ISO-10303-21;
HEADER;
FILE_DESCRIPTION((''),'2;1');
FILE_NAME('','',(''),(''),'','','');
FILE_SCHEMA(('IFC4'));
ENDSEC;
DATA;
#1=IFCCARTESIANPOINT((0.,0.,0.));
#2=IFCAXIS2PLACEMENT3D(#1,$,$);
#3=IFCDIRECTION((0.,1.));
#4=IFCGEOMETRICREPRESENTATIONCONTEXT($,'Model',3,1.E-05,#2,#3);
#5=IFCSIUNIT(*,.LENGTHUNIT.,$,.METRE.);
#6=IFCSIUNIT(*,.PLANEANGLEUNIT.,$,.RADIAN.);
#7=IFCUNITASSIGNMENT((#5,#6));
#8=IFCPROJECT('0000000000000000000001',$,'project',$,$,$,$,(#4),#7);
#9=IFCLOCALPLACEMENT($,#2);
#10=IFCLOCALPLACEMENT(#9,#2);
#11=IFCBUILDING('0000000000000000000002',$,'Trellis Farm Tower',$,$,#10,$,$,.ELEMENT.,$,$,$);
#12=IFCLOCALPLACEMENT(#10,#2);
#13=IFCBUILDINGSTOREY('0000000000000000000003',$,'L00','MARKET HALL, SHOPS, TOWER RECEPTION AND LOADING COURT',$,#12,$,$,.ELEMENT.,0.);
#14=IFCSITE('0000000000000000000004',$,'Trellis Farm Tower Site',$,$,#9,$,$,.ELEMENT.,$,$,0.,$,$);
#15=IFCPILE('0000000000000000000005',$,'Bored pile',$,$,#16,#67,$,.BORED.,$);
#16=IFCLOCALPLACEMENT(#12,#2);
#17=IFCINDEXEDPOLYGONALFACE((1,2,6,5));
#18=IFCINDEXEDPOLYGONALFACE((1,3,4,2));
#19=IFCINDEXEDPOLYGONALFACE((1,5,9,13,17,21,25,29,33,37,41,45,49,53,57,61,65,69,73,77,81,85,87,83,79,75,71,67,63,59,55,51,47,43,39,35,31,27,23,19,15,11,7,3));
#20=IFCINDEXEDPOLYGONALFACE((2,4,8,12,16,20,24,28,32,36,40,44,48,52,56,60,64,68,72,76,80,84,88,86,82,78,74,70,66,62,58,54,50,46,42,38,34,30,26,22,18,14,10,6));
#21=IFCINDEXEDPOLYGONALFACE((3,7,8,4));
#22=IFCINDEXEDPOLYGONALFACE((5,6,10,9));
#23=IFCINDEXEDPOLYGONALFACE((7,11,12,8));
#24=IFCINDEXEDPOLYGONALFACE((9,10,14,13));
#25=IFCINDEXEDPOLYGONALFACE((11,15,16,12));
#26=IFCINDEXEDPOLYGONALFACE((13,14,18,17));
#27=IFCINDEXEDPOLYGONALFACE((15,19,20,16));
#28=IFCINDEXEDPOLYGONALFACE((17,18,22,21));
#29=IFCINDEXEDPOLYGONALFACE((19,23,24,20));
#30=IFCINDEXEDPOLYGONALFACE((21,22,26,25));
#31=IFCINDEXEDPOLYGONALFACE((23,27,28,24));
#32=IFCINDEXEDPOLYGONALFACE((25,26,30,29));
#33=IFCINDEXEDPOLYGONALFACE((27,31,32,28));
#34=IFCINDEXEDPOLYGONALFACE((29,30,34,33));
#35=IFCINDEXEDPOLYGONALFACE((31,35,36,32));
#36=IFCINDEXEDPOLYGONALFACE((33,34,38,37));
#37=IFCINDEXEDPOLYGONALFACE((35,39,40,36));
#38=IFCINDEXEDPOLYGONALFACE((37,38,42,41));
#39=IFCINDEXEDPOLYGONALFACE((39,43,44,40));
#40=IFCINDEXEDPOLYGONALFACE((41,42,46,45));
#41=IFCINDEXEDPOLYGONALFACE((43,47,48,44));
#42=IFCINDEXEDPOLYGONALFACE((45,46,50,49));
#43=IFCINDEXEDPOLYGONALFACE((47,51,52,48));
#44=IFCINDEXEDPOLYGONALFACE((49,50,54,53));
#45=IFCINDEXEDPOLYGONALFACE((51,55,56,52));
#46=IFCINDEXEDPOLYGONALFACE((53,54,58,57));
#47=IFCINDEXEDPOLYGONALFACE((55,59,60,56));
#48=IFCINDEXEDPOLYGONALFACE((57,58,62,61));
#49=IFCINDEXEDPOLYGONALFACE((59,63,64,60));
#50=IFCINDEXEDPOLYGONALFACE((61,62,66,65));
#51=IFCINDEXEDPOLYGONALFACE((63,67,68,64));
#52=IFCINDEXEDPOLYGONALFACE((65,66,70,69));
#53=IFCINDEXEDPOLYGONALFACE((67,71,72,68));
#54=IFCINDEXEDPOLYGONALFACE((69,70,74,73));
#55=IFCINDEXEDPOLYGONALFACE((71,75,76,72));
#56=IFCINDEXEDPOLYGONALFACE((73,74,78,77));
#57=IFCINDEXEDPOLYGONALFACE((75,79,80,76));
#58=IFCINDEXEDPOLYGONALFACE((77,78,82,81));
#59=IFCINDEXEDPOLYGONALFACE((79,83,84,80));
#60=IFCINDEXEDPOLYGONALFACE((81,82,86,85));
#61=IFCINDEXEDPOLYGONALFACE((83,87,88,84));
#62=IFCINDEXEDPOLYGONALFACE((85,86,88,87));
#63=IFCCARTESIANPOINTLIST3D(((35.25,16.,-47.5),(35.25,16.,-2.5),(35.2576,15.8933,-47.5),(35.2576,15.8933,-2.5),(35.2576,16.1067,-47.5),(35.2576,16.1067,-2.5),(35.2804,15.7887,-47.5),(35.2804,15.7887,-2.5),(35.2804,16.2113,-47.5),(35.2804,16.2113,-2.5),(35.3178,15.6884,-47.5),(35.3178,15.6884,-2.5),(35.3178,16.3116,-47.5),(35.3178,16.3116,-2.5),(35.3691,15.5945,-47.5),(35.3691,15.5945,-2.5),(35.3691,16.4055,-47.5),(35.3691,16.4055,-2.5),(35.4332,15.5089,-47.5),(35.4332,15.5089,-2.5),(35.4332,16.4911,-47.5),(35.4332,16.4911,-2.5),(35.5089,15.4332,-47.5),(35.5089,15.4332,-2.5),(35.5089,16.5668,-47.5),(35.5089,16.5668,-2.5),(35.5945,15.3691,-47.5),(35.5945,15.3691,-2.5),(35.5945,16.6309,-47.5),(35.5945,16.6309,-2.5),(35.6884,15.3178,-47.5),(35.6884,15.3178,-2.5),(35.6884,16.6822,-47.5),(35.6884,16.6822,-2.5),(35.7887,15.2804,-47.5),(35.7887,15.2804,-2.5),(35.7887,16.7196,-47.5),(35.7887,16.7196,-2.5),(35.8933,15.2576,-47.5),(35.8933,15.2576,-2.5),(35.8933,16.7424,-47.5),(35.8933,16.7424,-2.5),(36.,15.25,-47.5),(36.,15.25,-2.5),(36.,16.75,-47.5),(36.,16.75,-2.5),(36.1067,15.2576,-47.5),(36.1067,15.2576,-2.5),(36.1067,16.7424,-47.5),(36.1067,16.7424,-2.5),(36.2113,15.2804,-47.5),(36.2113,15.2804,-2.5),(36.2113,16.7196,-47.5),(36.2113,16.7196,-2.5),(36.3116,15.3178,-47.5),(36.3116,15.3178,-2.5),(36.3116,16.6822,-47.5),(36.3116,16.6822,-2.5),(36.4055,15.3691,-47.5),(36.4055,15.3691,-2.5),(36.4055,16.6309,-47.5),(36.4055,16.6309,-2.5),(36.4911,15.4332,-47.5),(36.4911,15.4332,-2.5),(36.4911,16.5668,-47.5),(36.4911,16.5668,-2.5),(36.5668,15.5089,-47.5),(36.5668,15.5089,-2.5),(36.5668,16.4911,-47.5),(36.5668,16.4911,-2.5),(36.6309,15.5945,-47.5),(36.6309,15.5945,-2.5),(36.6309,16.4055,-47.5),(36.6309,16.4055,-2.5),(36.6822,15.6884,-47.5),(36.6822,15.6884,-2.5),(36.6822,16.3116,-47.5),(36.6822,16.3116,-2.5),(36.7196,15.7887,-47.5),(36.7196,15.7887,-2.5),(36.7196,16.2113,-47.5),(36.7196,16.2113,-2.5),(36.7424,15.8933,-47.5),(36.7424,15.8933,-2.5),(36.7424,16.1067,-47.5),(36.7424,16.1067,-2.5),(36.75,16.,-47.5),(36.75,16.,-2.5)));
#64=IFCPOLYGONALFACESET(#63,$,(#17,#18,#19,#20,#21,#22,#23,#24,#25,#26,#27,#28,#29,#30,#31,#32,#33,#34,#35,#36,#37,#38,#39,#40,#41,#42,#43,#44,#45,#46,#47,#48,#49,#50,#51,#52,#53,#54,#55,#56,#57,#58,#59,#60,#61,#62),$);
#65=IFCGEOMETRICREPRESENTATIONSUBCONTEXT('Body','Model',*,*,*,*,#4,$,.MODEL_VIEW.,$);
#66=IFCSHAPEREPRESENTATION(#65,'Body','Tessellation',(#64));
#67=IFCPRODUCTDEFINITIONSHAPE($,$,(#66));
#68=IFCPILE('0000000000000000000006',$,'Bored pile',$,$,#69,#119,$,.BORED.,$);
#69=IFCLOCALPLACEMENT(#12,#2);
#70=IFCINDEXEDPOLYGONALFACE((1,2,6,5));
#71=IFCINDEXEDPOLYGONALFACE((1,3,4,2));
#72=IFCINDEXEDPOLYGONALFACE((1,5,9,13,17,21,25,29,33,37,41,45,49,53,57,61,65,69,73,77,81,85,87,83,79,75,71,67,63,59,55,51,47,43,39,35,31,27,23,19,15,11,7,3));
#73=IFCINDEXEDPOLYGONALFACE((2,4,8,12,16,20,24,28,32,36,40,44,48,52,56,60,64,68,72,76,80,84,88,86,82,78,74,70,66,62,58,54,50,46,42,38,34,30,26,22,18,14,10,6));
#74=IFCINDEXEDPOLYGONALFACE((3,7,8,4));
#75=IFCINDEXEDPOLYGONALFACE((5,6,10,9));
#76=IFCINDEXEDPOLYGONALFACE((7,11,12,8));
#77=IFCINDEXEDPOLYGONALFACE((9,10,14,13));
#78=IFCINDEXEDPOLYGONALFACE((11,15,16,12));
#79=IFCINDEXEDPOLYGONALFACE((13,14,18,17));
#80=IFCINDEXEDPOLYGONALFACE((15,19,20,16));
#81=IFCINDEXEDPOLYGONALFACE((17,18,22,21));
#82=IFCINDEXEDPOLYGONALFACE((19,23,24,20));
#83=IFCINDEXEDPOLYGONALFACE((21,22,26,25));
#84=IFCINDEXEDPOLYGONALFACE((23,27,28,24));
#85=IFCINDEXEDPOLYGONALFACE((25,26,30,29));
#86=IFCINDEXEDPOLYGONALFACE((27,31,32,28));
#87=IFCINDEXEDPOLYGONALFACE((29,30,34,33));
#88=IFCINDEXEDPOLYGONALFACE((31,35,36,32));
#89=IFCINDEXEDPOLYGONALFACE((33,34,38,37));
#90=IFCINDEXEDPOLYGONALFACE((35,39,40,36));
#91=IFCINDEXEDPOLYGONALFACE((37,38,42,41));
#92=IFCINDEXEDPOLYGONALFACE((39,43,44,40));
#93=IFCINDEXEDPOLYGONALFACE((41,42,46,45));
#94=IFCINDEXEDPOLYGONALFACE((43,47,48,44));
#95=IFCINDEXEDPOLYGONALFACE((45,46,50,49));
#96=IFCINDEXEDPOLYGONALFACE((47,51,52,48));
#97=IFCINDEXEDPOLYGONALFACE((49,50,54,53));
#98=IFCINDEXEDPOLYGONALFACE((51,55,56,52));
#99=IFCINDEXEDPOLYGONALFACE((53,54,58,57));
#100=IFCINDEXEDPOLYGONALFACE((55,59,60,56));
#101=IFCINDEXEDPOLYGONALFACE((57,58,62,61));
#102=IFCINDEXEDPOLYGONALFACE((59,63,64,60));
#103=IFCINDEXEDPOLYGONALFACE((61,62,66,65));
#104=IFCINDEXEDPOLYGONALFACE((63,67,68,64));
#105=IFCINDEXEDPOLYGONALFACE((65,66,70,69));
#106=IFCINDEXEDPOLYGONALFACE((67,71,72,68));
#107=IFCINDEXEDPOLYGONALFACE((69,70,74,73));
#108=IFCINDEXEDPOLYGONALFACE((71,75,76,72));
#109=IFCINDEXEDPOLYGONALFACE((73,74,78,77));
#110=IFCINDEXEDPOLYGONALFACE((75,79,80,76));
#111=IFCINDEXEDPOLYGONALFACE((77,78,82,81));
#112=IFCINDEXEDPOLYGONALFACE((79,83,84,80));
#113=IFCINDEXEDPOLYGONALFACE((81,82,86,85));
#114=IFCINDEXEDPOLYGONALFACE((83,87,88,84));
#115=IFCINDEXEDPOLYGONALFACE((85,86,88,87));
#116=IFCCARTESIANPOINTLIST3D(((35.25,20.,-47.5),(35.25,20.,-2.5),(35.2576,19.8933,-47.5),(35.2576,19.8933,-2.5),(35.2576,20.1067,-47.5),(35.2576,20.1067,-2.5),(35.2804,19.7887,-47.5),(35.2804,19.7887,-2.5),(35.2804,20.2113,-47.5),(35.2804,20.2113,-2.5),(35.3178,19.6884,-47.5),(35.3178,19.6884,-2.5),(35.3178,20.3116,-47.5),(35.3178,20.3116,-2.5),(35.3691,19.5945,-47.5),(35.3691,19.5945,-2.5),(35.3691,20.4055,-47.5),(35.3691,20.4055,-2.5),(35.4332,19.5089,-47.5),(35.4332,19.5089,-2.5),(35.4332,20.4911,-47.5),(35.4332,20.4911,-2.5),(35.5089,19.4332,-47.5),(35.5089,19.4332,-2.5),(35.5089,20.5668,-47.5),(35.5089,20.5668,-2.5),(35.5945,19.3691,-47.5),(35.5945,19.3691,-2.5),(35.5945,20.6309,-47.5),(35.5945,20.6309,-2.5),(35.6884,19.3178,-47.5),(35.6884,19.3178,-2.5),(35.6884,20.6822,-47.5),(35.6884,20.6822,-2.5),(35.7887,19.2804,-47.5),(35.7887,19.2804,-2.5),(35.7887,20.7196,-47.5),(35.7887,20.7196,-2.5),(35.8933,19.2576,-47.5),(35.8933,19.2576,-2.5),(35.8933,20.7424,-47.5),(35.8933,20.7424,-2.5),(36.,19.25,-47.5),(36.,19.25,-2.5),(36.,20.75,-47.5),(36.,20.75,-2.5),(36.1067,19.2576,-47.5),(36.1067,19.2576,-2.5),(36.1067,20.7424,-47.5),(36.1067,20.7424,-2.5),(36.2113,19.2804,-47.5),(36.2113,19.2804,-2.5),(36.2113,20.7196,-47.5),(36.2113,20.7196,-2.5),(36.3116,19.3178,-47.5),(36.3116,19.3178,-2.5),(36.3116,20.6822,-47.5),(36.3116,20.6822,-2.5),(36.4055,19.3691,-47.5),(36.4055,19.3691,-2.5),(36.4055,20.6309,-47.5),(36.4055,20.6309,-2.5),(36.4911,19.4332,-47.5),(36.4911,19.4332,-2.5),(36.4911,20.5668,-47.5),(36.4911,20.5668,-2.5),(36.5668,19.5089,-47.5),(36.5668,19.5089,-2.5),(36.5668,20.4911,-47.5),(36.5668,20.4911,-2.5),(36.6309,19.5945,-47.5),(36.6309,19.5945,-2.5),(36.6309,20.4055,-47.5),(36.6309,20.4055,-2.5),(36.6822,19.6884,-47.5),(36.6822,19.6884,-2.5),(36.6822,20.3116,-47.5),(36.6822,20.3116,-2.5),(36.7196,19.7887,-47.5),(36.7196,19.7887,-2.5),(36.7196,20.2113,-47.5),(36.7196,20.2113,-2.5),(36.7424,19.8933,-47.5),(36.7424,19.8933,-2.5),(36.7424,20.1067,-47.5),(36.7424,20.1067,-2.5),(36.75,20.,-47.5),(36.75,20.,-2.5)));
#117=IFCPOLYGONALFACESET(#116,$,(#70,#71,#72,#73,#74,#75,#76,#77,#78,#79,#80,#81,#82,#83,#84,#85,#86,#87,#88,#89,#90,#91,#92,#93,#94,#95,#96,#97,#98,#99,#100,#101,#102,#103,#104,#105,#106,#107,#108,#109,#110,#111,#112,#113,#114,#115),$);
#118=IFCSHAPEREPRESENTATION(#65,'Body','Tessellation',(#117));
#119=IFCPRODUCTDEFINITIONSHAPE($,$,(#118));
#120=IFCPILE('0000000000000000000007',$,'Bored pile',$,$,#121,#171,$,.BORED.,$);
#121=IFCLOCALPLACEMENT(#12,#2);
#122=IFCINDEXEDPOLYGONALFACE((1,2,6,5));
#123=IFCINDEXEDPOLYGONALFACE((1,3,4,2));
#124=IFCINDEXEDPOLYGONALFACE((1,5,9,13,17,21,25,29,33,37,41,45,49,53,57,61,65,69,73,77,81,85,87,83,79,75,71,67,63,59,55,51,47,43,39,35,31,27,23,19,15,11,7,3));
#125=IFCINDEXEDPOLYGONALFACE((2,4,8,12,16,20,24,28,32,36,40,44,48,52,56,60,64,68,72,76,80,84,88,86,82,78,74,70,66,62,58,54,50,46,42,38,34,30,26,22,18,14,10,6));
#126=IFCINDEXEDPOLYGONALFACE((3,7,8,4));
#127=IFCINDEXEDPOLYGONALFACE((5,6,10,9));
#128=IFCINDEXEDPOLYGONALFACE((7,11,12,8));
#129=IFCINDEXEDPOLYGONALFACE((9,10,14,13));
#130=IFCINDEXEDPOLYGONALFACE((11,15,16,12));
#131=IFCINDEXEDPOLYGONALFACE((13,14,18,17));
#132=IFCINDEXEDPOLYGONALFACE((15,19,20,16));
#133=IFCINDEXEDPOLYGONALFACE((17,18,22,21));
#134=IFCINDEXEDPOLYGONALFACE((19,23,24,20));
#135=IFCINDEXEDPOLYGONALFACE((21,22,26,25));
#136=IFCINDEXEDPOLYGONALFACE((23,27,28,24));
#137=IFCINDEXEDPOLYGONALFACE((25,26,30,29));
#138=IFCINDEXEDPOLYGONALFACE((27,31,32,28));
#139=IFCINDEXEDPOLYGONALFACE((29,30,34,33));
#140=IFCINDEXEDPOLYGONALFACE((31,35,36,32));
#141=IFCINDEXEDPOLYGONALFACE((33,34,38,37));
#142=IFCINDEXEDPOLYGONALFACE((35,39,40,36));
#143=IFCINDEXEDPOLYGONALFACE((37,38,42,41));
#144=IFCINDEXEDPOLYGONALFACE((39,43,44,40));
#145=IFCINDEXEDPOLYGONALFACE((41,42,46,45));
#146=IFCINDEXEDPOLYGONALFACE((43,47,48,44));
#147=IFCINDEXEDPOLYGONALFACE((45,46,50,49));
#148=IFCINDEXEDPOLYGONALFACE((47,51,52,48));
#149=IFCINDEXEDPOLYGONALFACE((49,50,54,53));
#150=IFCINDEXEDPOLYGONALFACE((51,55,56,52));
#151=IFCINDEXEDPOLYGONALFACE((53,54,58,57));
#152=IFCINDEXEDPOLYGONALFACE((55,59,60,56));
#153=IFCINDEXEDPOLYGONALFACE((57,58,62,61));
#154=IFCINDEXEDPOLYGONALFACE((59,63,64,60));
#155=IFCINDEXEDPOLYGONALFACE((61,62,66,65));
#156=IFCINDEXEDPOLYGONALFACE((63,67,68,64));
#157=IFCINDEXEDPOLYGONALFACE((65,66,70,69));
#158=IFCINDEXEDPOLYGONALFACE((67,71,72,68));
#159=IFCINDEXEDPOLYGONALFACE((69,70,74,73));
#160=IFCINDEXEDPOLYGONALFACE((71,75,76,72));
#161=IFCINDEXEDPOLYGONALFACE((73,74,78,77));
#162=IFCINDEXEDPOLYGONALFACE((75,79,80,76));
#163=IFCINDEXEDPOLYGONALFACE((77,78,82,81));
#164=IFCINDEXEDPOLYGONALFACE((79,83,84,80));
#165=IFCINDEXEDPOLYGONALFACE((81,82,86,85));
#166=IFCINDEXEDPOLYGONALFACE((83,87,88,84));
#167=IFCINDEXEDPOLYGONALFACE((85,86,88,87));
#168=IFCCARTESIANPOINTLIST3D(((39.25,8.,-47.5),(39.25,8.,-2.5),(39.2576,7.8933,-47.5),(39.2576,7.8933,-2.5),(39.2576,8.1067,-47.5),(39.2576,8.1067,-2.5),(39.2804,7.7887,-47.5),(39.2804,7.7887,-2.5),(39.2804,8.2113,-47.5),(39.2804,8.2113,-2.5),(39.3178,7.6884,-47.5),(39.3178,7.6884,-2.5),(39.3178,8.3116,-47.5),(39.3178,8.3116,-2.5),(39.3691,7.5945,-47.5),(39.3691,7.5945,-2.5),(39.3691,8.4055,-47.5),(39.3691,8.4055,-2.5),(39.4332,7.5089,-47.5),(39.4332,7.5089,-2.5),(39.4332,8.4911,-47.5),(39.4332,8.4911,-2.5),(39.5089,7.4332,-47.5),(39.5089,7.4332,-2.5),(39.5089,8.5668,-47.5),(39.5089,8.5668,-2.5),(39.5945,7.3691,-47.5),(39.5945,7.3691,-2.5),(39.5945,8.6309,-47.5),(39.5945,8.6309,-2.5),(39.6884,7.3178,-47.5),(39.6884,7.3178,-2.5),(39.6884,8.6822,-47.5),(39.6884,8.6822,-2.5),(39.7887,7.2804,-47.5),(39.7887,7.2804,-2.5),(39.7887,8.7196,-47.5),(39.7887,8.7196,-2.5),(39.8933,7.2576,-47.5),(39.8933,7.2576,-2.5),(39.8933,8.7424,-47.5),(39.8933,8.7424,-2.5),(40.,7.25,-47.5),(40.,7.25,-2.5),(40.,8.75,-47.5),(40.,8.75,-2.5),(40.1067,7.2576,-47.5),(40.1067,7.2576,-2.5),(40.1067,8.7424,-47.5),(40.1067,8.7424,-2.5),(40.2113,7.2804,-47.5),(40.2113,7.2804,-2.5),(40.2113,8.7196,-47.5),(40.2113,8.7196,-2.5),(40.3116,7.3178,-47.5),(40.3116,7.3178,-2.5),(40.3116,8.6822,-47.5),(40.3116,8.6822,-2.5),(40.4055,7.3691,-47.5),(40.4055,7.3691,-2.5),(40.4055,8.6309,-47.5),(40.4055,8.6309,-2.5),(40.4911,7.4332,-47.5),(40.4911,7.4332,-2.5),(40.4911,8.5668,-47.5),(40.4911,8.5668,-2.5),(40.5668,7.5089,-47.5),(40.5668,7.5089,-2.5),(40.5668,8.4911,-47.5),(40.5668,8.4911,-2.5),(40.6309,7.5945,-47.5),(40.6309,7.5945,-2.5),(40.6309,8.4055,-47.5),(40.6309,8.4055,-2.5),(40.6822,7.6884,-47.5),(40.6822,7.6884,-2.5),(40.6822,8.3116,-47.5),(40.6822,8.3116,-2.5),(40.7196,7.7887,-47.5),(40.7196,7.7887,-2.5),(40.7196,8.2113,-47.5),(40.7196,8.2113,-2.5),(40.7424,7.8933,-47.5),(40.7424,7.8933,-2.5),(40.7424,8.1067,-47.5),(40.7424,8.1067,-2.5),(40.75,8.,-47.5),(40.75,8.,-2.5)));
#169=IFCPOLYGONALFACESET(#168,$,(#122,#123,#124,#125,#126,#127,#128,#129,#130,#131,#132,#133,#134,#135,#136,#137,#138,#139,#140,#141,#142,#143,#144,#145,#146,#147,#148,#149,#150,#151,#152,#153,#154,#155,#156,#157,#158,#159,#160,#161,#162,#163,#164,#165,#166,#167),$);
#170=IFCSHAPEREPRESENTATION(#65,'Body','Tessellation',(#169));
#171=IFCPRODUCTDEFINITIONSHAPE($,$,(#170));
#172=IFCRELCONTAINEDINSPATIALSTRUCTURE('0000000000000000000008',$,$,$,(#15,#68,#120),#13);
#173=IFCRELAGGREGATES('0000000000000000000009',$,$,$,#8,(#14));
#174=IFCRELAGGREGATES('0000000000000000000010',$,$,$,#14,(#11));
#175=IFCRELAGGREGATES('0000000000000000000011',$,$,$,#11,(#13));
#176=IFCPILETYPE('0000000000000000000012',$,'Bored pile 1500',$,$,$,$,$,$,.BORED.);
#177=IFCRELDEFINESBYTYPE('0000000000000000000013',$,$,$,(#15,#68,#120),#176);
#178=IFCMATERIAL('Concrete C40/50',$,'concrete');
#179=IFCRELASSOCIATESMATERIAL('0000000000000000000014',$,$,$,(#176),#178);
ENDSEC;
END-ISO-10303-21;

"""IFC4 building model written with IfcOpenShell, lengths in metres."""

from ifc_helpers import new_model, si_unit, direction, frame, origin, origin_2d, place, context, subcontext, project, spatial, circle, extrude, source, transform, mapped, material, material_profile, profile_set, type_object, element, save


model = new_model("IFC4")

# Units and contexts
model_context = context("Model", 3, precision=1e-05, world=origin(), true_north=direction((0.0, 1.0)))
body_context = subcontext(model_context, "Body", "Model", "MODEL_VIEW")
ifc_project = project(units=[si_unit("LENGTHUNIT", "METRE"), si_unit("PLANEANGLEUNIT", "RADIAN")], contexts=[model_context])

# Site, building, storey
site_placement = place(None, origin())
site = spatial("IfcSite", under=ifc_project, at=site_placement, Name="Trellis Farm Tower Site", CompositionType="ELEMENT", RefElevation=0.0)
building_placement = place(site_placement, origin())
building = spatial("IfcBuilding", under=site, at=building_placement, Name="Trellis Farm Tower", CompositionType="ELEMENT")
storey_placement = place(building_placement, origin())
storey = spatial("IfcBuildingStorey", under=building, at=storey_placement, Name="L00", Description="MARKET HALL, SHOPS, TOWER RECEPTION AND LOADING COURT", CompositionType="ELEMENT", Elevation=0.0)

# Piles
ifc_material_1 = material(Name="Concrete C40/50", Category="concrete")
ifc_material_profile_1 = material_profile(ifc_material_1, circle(Radius=0.75, at=origin_2d()), Name="Bored pile 1500")
ifc_profile_set_1 = profile_set([ifc_material_profile_1], Name="Concrete C40/50")
pile_type = type_object("IfcPileType", Name="Bored pile 1500", PredefinedType="BORED", material=ifc_profile_set_1)
shared_shape_1 = source(origin(), body_context, "Body", "SweptSolid", [
    extrude(circle(Radius=0.75, at=origin_2d()), origin(), (0.0, 0.0, 1.0), 45.0),
])
for number, where, z_axis, x_axis, name in (
    (1, (36.0, 16.0, -2.5), (0.0, 0.0, -1.0), (1.0, 0.0, 0.0), "Bored pile"),
    (2, (36.0, 20.0, -2.5), (0.0, 0.0, -1.0), (1.0, 0.0, 0.0), "Bored pile"),
    (3, (40.0, 8.0, -2.5), (0.0, 0.0, -1.0), (1.0, 0.0, 0.0), "Bored pile"),
):
    element("IfcPile", number, at=place(storey_placement, frame(where, z_axis=z_axis, x_axis=x_axis)), inside=storey, type_object=pile_type, Name=name, PredefinedType="BORED", context=body_context, shape_type="MappedRepresentation", body=[
        mapped(shared_shape_1, transform((0.0, 0.0, 0.0))),
    ])

save(model, "model.ifc")
